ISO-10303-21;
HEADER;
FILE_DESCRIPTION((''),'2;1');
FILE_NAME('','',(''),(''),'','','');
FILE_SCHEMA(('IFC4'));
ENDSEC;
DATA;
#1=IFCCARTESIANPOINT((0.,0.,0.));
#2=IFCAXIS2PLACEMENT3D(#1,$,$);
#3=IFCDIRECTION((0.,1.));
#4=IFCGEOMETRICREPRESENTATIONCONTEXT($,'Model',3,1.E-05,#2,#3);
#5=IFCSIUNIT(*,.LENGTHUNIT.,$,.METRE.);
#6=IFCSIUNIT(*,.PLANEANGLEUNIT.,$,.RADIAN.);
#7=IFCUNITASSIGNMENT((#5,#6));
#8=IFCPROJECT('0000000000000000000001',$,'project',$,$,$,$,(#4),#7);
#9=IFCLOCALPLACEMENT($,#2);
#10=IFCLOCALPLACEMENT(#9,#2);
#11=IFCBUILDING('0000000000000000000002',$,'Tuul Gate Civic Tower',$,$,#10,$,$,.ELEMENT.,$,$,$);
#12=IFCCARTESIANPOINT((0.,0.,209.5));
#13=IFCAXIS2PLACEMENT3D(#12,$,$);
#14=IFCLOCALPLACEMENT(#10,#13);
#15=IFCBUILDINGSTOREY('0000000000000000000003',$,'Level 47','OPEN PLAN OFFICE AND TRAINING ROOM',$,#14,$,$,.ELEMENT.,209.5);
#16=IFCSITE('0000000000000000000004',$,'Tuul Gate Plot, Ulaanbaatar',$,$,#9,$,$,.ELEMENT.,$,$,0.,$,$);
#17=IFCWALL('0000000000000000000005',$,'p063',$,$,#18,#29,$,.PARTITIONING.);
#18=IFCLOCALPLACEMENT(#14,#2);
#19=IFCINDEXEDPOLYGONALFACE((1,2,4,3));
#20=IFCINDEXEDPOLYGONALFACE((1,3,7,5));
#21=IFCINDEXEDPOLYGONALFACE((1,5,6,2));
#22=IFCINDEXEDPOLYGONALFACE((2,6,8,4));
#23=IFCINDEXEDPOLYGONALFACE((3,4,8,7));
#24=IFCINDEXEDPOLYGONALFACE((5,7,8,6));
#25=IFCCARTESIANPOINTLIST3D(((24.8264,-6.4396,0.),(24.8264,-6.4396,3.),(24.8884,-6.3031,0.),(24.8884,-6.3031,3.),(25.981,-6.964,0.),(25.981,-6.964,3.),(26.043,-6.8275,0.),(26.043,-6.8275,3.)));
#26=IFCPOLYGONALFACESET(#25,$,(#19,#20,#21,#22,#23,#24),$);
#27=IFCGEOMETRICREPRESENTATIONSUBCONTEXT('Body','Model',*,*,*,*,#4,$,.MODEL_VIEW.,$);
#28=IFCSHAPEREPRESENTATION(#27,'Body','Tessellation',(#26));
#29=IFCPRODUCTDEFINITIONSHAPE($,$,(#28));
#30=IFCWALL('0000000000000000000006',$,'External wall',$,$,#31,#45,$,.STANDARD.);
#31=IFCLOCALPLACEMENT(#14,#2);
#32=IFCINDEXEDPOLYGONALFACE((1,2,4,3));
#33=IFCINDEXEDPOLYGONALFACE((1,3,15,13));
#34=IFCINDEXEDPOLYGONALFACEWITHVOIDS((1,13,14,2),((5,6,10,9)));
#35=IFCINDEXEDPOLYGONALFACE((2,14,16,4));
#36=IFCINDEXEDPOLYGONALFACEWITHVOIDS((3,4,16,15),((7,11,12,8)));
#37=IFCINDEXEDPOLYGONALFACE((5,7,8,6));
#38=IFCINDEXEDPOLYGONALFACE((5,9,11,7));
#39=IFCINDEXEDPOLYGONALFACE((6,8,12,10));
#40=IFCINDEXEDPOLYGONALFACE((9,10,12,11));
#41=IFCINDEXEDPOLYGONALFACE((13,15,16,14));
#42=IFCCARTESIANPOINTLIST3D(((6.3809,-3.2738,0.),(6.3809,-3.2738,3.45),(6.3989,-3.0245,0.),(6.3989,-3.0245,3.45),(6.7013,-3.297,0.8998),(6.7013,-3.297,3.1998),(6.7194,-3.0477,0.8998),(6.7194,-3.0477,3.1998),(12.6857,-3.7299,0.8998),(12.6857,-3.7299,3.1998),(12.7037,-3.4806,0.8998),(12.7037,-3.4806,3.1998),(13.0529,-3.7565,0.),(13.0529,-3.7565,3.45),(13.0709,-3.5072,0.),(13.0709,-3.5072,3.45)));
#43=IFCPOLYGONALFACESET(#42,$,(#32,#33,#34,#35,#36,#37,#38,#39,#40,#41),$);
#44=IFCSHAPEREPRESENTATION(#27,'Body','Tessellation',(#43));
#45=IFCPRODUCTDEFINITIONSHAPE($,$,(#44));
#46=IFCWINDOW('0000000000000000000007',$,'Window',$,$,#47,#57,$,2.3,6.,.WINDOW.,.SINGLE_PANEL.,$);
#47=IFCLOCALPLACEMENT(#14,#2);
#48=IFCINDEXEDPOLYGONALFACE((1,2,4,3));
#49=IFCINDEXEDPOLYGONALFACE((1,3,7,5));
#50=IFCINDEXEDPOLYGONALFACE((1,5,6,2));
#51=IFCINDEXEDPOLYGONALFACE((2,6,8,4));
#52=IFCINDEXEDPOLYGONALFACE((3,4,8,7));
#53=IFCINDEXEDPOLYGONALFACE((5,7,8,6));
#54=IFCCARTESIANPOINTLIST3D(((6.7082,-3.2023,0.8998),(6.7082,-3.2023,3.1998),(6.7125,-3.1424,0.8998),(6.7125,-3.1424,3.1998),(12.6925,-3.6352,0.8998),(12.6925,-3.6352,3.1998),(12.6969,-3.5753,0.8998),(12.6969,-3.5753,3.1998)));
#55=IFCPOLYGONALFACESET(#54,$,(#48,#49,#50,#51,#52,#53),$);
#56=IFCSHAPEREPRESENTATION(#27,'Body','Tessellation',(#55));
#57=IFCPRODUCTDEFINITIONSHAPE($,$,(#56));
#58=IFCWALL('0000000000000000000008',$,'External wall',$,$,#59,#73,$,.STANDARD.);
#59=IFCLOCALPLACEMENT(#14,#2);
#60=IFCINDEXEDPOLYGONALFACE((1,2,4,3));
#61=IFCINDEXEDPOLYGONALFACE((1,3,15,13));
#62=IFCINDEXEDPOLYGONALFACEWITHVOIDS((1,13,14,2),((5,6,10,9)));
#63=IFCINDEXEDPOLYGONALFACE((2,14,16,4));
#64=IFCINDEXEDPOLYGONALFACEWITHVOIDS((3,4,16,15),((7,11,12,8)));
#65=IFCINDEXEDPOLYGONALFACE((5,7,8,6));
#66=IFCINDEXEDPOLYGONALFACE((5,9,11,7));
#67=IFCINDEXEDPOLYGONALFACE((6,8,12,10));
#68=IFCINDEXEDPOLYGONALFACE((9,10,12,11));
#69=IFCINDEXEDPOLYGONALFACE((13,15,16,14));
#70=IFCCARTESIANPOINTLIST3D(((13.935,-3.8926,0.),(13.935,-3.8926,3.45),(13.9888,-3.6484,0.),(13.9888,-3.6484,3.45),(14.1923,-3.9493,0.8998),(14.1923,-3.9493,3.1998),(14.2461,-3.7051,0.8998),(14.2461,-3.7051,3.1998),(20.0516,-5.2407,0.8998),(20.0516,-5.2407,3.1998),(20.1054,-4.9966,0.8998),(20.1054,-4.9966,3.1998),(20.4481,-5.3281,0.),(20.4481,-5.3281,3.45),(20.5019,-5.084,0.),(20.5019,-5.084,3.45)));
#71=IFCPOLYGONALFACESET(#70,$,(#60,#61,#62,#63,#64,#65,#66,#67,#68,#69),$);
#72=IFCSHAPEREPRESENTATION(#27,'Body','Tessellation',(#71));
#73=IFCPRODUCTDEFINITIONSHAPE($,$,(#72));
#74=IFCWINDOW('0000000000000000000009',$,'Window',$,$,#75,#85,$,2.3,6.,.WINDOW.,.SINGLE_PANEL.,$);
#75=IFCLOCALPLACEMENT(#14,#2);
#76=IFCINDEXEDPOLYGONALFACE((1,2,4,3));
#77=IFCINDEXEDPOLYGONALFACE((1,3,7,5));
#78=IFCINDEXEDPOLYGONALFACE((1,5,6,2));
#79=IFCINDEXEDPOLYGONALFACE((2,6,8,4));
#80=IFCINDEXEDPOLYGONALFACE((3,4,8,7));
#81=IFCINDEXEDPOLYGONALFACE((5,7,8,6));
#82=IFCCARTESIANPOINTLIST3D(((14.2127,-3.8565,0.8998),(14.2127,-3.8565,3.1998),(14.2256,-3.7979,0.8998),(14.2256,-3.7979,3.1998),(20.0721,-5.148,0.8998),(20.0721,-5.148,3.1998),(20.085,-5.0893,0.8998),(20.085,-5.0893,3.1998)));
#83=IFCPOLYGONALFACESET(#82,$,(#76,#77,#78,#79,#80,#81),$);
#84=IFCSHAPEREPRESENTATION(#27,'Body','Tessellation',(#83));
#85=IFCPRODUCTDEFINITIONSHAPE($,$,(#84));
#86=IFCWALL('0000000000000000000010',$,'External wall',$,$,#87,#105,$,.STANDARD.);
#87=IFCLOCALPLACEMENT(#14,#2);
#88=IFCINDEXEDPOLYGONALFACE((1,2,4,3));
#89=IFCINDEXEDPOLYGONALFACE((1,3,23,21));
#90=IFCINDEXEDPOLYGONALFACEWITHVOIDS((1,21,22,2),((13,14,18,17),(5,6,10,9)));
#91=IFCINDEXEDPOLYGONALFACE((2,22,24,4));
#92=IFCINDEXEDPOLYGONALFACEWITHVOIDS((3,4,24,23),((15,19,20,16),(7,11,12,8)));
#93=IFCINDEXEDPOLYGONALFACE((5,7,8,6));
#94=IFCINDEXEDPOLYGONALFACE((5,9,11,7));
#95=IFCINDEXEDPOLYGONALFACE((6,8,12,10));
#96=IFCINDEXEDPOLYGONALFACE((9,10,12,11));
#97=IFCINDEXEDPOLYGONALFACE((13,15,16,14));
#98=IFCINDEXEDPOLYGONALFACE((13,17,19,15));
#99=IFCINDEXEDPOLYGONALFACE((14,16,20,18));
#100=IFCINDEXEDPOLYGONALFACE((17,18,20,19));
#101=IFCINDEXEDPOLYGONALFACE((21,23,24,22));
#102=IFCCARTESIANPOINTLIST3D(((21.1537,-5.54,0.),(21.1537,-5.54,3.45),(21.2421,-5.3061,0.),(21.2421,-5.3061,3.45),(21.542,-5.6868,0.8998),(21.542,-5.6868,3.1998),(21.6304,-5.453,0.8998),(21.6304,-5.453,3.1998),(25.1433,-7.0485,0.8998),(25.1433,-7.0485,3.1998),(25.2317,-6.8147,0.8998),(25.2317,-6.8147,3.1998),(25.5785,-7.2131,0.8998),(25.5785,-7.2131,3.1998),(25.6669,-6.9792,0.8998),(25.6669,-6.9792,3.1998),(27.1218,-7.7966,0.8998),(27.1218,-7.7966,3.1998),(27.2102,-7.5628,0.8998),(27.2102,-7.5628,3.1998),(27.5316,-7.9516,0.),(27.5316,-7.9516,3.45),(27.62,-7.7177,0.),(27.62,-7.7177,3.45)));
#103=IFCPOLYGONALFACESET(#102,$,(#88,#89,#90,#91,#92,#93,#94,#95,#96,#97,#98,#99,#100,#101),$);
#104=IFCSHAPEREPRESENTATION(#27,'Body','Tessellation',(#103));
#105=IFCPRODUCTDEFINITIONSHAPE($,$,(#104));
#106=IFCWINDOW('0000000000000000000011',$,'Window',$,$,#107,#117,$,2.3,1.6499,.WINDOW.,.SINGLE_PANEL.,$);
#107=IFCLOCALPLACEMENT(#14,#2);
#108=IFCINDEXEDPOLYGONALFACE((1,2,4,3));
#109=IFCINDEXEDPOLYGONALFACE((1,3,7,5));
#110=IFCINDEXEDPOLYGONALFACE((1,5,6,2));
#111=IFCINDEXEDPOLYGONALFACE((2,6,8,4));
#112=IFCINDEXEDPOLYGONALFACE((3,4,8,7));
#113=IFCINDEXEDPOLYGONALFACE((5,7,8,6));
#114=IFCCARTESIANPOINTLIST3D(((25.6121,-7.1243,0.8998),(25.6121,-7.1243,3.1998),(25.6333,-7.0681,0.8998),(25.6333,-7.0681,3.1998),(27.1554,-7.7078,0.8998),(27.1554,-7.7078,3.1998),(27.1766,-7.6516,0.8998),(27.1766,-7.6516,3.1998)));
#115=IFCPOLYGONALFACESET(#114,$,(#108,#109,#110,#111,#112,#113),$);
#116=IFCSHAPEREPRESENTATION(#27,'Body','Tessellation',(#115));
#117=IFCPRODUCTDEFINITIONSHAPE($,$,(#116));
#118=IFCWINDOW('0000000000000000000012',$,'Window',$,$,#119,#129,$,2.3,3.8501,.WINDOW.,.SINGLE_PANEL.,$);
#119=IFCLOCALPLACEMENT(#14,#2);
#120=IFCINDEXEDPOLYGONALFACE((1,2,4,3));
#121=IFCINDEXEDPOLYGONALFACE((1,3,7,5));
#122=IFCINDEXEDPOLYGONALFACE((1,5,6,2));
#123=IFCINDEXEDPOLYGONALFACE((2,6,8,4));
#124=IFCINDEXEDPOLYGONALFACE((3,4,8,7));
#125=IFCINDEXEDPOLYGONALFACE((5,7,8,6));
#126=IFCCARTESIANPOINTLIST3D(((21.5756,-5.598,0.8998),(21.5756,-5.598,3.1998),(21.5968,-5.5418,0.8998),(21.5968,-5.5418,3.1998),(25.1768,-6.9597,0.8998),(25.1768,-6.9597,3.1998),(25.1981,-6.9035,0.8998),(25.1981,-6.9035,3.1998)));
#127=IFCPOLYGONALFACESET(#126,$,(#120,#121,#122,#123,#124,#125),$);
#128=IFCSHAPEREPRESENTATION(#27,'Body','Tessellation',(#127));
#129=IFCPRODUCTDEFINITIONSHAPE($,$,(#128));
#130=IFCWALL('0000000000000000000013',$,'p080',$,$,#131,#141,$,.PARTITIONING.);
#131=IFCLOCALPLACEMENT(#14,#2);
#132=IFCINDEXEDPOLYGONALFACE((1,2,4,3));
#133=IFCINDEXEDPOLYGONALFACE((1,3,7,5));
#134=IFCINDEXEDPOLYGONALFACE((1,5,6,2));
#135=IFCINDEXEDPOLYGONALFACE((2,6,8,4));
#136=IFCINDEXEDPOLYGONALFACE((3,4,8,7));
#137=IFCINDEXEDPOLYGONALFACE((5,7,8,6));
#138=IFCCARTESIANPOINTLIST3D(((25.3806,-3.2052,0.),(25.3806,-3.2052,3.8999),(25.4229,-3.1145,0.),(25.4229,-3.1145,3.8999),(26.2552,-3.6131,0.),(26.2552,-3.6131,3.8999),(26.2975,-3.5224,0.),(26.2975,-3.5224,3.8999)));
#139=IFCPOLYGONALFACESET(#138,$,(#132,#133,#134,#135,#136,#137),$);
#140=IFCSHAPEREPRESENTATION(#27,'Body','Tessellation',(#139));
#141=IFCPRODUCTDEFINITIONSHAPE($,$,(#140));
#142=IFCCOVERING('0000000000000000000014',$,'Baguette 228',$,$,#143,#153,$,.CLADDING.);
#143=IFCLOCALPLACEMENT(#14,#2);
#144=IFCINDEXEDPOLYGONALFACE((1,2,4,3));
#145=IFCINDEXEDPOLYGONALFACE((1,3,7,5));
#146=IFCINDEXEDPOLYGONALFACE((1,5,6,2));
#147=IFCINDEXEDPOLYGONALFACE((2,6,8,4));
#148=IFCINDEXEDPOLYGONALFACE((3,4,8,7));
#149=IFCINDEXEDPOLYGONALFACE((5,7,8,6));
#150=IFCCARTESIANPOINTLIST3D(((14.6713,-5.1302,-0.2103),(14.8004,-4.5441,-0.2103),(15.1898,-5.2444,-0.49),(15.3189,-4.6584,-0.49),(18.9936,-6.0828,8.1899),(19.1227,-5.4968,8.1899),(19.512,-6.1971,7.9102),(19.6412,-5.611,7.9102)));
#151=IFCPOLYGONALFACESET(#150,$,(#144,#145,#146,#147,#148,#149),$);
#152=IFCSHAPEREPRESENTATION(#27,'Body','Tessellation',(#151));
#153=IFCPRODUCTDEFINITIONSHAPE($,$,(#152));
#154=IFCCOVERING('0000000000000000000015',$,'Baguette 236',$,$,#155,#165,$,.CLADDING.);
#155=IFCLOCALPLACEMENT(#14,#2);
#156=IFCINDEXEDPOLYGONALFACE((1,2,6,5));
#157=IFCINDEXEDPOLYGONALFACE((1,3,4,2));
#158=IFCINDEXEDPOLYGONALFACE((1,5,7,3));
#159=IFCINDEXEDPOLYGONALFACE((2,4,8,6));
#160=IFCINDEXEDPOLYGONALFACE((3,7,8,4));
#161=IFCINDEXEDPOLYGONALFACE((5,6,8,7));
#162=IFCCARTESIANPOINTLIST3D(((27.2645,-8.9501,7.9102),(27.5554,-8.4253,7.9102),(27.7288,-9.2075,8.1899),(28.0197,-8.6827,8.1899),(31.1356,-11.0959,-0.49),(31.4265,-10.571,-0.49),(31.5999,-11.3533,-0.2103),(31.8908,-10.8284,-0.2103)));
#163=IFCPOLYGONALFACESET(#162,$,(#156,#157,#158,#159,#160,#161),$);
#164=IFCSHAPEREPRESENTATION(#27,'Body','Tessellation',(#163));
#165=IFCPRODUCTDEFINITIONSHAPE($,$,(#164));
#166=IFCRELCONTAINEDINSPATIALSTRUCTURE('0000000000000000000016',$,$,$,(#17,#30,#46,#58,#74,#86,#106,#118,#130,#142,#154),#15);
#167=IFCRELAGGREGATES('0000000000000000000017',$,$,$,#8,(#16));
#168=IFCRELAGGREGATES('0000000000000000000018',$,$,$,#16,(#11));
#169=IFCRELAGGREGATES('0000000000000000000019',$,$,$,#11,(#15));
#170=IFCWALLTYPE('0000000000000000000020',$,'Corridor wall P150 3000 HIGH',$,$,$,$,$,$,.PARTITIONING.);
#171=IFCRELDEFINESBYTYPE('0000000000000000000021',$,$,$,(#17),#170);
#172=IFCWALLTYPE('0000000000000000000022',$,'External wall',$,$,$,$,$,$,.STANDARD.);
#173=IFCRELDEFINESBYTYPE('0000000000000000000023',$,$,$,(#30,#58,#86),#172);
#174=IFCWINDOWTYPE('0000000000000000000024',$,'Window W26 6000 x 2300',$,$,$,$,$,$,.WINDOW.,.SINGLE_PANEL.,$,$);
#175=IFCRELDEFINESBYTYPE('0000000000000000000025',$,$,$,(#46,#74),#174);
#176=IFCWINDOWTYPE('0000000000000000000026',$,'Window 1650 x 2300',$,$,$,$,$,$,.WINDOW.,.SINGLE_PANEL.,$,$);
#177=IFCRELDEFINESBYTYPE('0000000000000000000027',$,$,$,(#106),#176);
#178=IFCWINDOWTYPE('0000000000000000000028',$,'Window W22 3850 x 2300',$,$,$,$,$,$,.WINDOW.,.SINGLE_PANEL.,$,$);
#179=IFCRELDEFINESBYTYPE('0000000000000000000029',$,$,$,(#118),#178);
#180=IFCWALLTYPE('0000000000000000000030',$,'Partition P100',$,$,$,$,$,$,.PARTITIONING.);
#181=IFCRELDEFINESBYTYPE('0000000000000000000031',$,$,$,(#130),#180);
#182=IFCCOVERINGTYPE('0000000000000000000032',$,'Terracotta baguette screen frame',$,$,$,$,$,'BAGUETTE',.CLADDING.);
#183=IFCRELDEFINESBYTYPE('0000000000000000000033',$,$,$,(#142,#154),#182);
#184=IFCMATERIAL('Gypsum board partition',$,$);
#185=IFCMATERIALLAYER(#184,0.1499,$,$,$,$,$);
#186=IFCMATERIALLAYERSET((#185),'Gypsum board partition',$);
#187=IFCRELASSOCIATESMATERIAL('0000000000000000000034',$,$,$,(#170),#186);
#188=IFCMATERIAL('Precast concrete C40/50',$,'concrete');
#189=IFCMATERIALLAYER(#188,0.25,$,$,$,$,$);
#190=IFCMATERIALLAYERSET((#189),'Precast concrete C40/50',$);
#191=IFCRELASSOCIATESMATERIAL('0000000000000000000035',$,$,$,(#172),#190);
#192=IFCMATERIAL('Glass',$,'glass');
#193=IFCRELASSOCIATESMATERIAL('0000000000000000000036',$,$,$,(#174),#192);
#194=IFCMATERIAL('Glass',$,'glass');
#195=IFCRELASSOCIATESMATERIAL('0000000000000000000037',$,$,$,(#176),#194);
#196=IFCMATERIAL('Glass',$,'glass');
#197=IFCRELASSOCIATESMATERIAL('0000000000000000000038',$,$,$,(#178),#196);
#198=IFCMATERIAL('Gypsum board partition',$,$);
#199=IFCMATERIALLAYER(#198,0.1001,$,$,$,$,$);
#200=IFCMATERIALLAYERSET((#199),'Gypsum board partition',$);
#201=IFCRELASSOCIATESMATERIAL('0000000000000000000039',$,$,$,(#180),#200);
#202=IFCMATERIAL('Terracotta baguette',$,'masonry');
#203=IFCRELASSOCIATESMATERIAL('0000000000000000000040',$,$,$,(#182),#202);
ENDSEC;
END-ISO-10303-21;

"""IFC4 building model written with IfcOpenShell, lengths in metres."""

from ifc_helpers import new_model, si_unit, direction, frame, frame_2d, origin, origin_2d, place, context, subcontext, project, spatial, rectangle, extrude, material, layer, layer_set, material_profile, profile_set, type_object, element, fill, save


model = new_model("IFC4")

# Units and contexts
model_context = context("Model", 3, precision=1e-05, world=origin(), true_north=direction((0.0, 1.0)))
body_context = subcontext(model_context, "Body", "Model", "MODEL_VIEW")
ifc_project = project(units=[si_unit("LENGTHUNIT", "METRE"), si_unit("PLANEANGLEUNIT", "RADIAN")], contexts=[model_context])

# Site, building, storey
site_placement = place(None, origin())
site = spatial("IfcSite", under=ifc_project, at=site_placement, Name="Tuul Gate Plot, Ulaanbaatar", CompositionType="ELEMENT", RefElevation=0.0)
building_placement = place(site_placement, origin())
building = spatial("IfcBuilding", under=site, at=building_placement, Name="Tuul Gate Civic Tower", CompositionType="ELEMENT")
storey_placement = place(building_placement, frame((0.0, 0.0, 209.5)))
storey = spatial("IfcBuildingStorey", under=building, at=storey_placement, Name="Level 47", Description="OPEN PLAN OFFICE AND TRAINING ROOM", CompositionType="ELEMENT", Elevation=209.5)

# Wall
ifc_material_1 = material(Name="Gypsum board partition")
ifc_layer_1 = layer(ifc_material_1, 0.1499)
ifc_layer_set_1 = layer_set([ifc_layer_1], Name="Gypsum board partition")
wall_type_1 = type_object("IfcWallType", Name="Corridor wall P150 3000 HIGH", PredefinedType="PARTITIONING", material=ifc_layer_set_1)
wall_1_placement = place(storey_placement, frame((24.8574, -6.3713, 0.0), z_axis=(0.0, 0.0, 1.0), x_axis=(0.910479, -0.413556, 0.0)))
element("IfcWall", 1, at=wall_1_placement, inside=storey, type_object=wall_type_1, Name="p063", PredefinedType="PARTITIONING", context=body_context, shape_type="SweptSolid", body=[
    extrude(rectangle(XDim=1.2681, YDim=0.1499, at=frame_2d((0.634, 0.0))), origin(), (0.0, 0.0, 1.0), 3.0),
])

# Walls, openings, windows
ifc_material_2 = material(Name="Precast concrete C40/50", Category="concrete")
ifc_layer_2 = layer(ifc_material_2, 0.25)
ifc_layer_set_2 = layer_set([ifc_layer_2], Name="Precast concrete C40/50")
wall_type_2 = type_object("IfcWallType", Name="External wall", PredefinedType="STANDARD", material=ifc_layer_set_2)
wall_2_placement = place(storey_placement, frame((6.3899, -3.1492, 0.0), z_axis=(0.0, 0.0, 1.0), x_axis=(0.997394, -0.072152, 0.0)))
wall_2 = element("IfcWall", 2, at=wall_2_placement, inside=storey, type_object=wall_type_2, Name="External wall", PredefinedType="STANDARD", context=body_context, shape_type="SweptSolid", body=[
    extrude(rectangle(XDim=6.6895, YDim=0.25, at=frame_2d((3.3447, 0.0))), origin(), (0.0, 0.0, 1.0), 3.45),
])
opening_1_placement = place(wall_2_placement, frame((0.3213, 0.0, 0.8999)))
opening_1 = element("IfcOpeningElement", 3, at=opening_1_placement, cuts=wall_2, PredefinedType="OPENING", context=body_context, shape_type="SweptSolid", body=[
    extrude(rectangle(XDim=6.0, YDim=2.3, at=frame_2d((3.0, 1.1499))), frame((0.0, 0.135, 0.0), z_axis=(0.0, -1.0, 0.0), x_axis=(1.0, 0.0, 0.0)), (0.0, 0.0, 1.0), 0.27),
])
ifc_material_3 = material(Name="Glass", Category="glass")
window_type_1 = type_object("IfcWindowType", Name="Window W26 6000 x 2300", PartitioningType="SINGLE_PANEL", PredefinedType="WINDOW", material=ifc_material_3)
window_1_placement = place(opening_1_placement, origin())
window_1 = element("IfcWindow", 4, at=window_1_placement, inside=storey, type_object=window_type_1, Name="Window", OverallHeight=2.3, OverallWidth=6.0, PartitioningType="SINGLE_PANEL", PredefinedType="WINDOW", context=body_context, shape_type="SweptSolid", body=[
    extrude(rectangle(XDim=6.0, YDim=2.3, at=frame_2d((3.0, 1.1499))), frame((0.0, 0.03, 0.0), z_axis=(0.0, -1.0, 0.0), x_axis=(1.0, 0.0, 0.0)), (0.0, 0.0, 1.0), 0.0601),
])
fill(opening_1, window_1)
wall_3_placement = place(storey_placement, frame((13.9619, -3.7705, 0.0), z_axis=(0.0, 0.0, 1.0), x_axis=(0.976561, -0.21524, 0.0)))
wall_3 = element("IfcWall", 5, at=wall_3_placement, inside=storey, type_object=wall_type_2, Name="External wall", PredefinedType="STANDARD", context=body_context, shape_type="SweptSolid", body=[
    extrude(rectangle(XDim=6.6694, YDim=0.25, at=frame_2d((3.3347, 0.0))), origin(), (0.0, 0.0, 1.0), 3.45),
])
opening_2_placement = place(wall_3_placement, frame((0.2634, 0.0, 0.8999)))
opening_2 = element("IfcOpeningElement", 6, at=opening_2_placement, cuts=wall_3, PredefinedType="OPENING", context=body_context, shape_type="SweptSolid", body=[
    extrude(rectangle(XDim=6.0, YDim=2.3, at=frame_2d((3.0, 1.1499))), frame((0.0, 0.135, 0.0), z_axis=(0.0, -1.0, 0.0), x_axis=(1.0, 0.0, 0.0)), (0.0, 0.0, 1.0), 0.27),
])
window_2_placement = place(opening_2_placement, origin())
window_2 = element("IfcWindow", 7, at=window_2_placement, inside=storey, type_object=window_type_1, Name="Window", OverallHeight=2.3, OverallWidth=6.0, PartitioningType="SINGLE_PANEL", PredefinedType="WINDOW", context=body_context, shape_type="SweptSolid", body=[
    extrude(rectangle(XDim=6.0, YDim=2.3, at=frame_2d((3.0, 1.1499))), frame((0.0, 0.03, 0.0), z_axis=(0.0, -1.0, 0.0), x_axis=(1.0, 0.0, 0.0)), (0.0, 0.0, 1.0), 0.0601),
])
fill(opening_2, window_2)

# Wall, openings, windows
wall_4_placement = place(storey_placement, frame((21.198, -5.4231, 0.0), z_axis=(0.0, 0.0, 1.0), x_axis=(0.935366, -0.35368, 0.0)))
wall_4 = element("IfcWall", 8, at=wall_4_placement, inside=storey, type_object=wall_type_2, Name="External wall", PredefinedType="STANDARD", context=body_context, shape_type="SweptSolid", body=[
    extrude(rectangle(XDim=6.8186, YDim=0.25, at=frame_2d((3.4092, 0.0))), origin(), (0.0, 0.0, 1.0), 3.45),
])
opening_3_placement = place(wall_4_placement, frame((0.415, 0.0, 0.8999)))
opening_3 = element("IfcOpeningElement", 9, at=opening_3_placement, cuts=wall_4, PredefinedType="OPENING", context=body_context, shape_type="SweptSolid", body=[
    extrude(rectangle(XDim=3.8501, YDim=2.3, at=frame_2d((1.925, 1.1499))), frame((0.0, 0.135, 0.0), z_axis=(0.0, -1.0, 0.0), x_axis=(1.0, 0.0, 0.0)), (0.0, 0.0, 1.0), 0.27),
])
opening_4_placement = place(wall_4_placement, frame((4.7305, 0.0, 0.8999)))
opening_4 = element("IfcOpeningElement", 10, at=opening_4_placement, cuts=wall_4, PredefinedType="OPENING", context=body_context, shape_type="SweptSolid", body=[
    extrude(rectangle(XDim=1.6499, YDim=2.3, at=frame_2d((0.825, 1.1499))), frame((0.0, 0.135, 0.0), z_axis=(0.0, -1.0, 0.0), x_axis=(1.0, 0.0, 0.0)), (0.0, 0.0, 1.0), 0.27),
])
ifc_material_4 = material(Name="Glass", Category="glass")
window_type_2 = type_object("IfcWindowType", Name="Window 1650 x 2300", PartitioningType="SINGLE_PANEL", PredefinedType="WINDOW", material=ifc_material_4)
window_3_placement = place(opening_4_placement, origin())
window_3 = element("IfcWindow", 11, at=window_3_placement, inside=storey, type_object=window_type_2, Name="Window", OverallHeight=2.3, OverallWidth=1.6499, PartitioningType="SINGLE_PANEL", PredefinedType="WINDOW", context=body_context, shape_type="SweptSolid", body=[
    extrude(rectangle(XDim=1.6499, YDim=2.3, at=frame_2d((0.825, 1.1499))), frame((0.0, 0.03, 0.0), z_axis=(0.0, -1.0, 0.0), x_axis=(1.0, 0.0, 0.0)), (0.0, 0.0, 1.0), 0.0601),
])
fill(opening_4, window_3)
ifc_material_5 = material(Name="Glass", Category="glass")
window_type_3 = type_object("IfcWindowType", Name="Window W22 3850 x 2300", PartitioningType="SINGLE_PANEL", PredefinedType="WINDOW", material=ifc_material_5)
window_4_placement = place(opening_3_placement, origin())
window_4 = element("IfcWindow", 12, at=window_4_placement, inside=storey, type_object=window_type_3, Name="Window", OverallHeight=2.3, OverallWidth=3.8501, PartitioningType="SINGLE_PANEL", PredefinedType="WINDOW", context=body_context, shape_type="SweptSolid", body=[
    extrude(rectangle(XDim=3.8501, YDim=2.3, at=frame_2d((1.925, 1.1499))), frame((0.0, 0.03, 0.0), z_axis=(0.0, -1.0, 0.0), x_axis=(1.0, 0.0, 0.0)), (0.0, 0.0, 1.0), 0.0601),
])
fill(opening_3, window_4)

# Wall
ifc_material_6 = material(Name="Gypsum board partition")
ifc_layer_3 = layer(ifc_material_6, 0.1001)
ifc_layer_set_3 = layer_set([ifc_layer_3], Name="Gypsum board partition")
wall_type_3 = type_object("IfcWallType", Name="Partition P100", PredefinedType="PARTITIONING", material=ifc_layer_set_3)
wall_5_placement = place(storey_placement, frame((25.4019, -3.1599, 0.0), z_axis=(0.0, 0.0, 1.0), x_axis=(0.906287, -0.422664, 0.0)))
element("IfcWall", 13, at=wall_5_placement, inside=storey, type_object=wall_type_3, Name="p080", PredefinedType="PARTITIONING", context=body_context, shape_type="SweptSolid", body=[
    extrude(rectangle(XDim=0.9651, YDim=0.1001, at=frame_2d((0.4824, 0.0))), origin(), (0.0, 0.0, 1.0), 3.8999),
])

# Coverings
ifc_material_7 = material(Name="Terracotta baguette", Category="masonry")
ifc_material_profile_1 = material_profile(ifc_material_7, rectangle(XDim=0.6001, YDim=0.6001, at=origin_2d()), Name="Terracotta baguette screen frame")
ifc_profile_set_1 = profile_set([ifc_material_profile_1], Name="Terracotta baguette")
covering_type = type_object("IfcCoveringType", Name="Terracotta baguette screen frame", ElementType="BAGUETTE", PredefinedType="CLADDING", material=ifc_profile_set_1)
for number, where, z_axis, x_axis, name in (
    (14, (19.3174, -5.8469, 8.05), (-0.455223, 0.100332, -0.884707), (-0.215236, -0.976562, 0.0), "Baguette 228"),
    (15, (27.6421, -8.8164, 8.05), (0.407705, -0.225991, -0.884706), (0.484804, 0.874623, 0.0), "Baguette 236"),
):
    element("IfcCovering", number, at=place(storey_placement, frame(where, z_axis=z_axis, x_axis=x_axis)), inside=storey, type_object=covering_type, Name=name, PredefinedType="CLADDING", context=body_context, shape_type="SweptSolid", body=[
        extrude(rectangle(XDim=0.6001, YDim=0.6001, at=origin_2d()), origin(), (0.0, 0.0, 1.0), 9.4949),
    ])

save(model, "model.ifc")
